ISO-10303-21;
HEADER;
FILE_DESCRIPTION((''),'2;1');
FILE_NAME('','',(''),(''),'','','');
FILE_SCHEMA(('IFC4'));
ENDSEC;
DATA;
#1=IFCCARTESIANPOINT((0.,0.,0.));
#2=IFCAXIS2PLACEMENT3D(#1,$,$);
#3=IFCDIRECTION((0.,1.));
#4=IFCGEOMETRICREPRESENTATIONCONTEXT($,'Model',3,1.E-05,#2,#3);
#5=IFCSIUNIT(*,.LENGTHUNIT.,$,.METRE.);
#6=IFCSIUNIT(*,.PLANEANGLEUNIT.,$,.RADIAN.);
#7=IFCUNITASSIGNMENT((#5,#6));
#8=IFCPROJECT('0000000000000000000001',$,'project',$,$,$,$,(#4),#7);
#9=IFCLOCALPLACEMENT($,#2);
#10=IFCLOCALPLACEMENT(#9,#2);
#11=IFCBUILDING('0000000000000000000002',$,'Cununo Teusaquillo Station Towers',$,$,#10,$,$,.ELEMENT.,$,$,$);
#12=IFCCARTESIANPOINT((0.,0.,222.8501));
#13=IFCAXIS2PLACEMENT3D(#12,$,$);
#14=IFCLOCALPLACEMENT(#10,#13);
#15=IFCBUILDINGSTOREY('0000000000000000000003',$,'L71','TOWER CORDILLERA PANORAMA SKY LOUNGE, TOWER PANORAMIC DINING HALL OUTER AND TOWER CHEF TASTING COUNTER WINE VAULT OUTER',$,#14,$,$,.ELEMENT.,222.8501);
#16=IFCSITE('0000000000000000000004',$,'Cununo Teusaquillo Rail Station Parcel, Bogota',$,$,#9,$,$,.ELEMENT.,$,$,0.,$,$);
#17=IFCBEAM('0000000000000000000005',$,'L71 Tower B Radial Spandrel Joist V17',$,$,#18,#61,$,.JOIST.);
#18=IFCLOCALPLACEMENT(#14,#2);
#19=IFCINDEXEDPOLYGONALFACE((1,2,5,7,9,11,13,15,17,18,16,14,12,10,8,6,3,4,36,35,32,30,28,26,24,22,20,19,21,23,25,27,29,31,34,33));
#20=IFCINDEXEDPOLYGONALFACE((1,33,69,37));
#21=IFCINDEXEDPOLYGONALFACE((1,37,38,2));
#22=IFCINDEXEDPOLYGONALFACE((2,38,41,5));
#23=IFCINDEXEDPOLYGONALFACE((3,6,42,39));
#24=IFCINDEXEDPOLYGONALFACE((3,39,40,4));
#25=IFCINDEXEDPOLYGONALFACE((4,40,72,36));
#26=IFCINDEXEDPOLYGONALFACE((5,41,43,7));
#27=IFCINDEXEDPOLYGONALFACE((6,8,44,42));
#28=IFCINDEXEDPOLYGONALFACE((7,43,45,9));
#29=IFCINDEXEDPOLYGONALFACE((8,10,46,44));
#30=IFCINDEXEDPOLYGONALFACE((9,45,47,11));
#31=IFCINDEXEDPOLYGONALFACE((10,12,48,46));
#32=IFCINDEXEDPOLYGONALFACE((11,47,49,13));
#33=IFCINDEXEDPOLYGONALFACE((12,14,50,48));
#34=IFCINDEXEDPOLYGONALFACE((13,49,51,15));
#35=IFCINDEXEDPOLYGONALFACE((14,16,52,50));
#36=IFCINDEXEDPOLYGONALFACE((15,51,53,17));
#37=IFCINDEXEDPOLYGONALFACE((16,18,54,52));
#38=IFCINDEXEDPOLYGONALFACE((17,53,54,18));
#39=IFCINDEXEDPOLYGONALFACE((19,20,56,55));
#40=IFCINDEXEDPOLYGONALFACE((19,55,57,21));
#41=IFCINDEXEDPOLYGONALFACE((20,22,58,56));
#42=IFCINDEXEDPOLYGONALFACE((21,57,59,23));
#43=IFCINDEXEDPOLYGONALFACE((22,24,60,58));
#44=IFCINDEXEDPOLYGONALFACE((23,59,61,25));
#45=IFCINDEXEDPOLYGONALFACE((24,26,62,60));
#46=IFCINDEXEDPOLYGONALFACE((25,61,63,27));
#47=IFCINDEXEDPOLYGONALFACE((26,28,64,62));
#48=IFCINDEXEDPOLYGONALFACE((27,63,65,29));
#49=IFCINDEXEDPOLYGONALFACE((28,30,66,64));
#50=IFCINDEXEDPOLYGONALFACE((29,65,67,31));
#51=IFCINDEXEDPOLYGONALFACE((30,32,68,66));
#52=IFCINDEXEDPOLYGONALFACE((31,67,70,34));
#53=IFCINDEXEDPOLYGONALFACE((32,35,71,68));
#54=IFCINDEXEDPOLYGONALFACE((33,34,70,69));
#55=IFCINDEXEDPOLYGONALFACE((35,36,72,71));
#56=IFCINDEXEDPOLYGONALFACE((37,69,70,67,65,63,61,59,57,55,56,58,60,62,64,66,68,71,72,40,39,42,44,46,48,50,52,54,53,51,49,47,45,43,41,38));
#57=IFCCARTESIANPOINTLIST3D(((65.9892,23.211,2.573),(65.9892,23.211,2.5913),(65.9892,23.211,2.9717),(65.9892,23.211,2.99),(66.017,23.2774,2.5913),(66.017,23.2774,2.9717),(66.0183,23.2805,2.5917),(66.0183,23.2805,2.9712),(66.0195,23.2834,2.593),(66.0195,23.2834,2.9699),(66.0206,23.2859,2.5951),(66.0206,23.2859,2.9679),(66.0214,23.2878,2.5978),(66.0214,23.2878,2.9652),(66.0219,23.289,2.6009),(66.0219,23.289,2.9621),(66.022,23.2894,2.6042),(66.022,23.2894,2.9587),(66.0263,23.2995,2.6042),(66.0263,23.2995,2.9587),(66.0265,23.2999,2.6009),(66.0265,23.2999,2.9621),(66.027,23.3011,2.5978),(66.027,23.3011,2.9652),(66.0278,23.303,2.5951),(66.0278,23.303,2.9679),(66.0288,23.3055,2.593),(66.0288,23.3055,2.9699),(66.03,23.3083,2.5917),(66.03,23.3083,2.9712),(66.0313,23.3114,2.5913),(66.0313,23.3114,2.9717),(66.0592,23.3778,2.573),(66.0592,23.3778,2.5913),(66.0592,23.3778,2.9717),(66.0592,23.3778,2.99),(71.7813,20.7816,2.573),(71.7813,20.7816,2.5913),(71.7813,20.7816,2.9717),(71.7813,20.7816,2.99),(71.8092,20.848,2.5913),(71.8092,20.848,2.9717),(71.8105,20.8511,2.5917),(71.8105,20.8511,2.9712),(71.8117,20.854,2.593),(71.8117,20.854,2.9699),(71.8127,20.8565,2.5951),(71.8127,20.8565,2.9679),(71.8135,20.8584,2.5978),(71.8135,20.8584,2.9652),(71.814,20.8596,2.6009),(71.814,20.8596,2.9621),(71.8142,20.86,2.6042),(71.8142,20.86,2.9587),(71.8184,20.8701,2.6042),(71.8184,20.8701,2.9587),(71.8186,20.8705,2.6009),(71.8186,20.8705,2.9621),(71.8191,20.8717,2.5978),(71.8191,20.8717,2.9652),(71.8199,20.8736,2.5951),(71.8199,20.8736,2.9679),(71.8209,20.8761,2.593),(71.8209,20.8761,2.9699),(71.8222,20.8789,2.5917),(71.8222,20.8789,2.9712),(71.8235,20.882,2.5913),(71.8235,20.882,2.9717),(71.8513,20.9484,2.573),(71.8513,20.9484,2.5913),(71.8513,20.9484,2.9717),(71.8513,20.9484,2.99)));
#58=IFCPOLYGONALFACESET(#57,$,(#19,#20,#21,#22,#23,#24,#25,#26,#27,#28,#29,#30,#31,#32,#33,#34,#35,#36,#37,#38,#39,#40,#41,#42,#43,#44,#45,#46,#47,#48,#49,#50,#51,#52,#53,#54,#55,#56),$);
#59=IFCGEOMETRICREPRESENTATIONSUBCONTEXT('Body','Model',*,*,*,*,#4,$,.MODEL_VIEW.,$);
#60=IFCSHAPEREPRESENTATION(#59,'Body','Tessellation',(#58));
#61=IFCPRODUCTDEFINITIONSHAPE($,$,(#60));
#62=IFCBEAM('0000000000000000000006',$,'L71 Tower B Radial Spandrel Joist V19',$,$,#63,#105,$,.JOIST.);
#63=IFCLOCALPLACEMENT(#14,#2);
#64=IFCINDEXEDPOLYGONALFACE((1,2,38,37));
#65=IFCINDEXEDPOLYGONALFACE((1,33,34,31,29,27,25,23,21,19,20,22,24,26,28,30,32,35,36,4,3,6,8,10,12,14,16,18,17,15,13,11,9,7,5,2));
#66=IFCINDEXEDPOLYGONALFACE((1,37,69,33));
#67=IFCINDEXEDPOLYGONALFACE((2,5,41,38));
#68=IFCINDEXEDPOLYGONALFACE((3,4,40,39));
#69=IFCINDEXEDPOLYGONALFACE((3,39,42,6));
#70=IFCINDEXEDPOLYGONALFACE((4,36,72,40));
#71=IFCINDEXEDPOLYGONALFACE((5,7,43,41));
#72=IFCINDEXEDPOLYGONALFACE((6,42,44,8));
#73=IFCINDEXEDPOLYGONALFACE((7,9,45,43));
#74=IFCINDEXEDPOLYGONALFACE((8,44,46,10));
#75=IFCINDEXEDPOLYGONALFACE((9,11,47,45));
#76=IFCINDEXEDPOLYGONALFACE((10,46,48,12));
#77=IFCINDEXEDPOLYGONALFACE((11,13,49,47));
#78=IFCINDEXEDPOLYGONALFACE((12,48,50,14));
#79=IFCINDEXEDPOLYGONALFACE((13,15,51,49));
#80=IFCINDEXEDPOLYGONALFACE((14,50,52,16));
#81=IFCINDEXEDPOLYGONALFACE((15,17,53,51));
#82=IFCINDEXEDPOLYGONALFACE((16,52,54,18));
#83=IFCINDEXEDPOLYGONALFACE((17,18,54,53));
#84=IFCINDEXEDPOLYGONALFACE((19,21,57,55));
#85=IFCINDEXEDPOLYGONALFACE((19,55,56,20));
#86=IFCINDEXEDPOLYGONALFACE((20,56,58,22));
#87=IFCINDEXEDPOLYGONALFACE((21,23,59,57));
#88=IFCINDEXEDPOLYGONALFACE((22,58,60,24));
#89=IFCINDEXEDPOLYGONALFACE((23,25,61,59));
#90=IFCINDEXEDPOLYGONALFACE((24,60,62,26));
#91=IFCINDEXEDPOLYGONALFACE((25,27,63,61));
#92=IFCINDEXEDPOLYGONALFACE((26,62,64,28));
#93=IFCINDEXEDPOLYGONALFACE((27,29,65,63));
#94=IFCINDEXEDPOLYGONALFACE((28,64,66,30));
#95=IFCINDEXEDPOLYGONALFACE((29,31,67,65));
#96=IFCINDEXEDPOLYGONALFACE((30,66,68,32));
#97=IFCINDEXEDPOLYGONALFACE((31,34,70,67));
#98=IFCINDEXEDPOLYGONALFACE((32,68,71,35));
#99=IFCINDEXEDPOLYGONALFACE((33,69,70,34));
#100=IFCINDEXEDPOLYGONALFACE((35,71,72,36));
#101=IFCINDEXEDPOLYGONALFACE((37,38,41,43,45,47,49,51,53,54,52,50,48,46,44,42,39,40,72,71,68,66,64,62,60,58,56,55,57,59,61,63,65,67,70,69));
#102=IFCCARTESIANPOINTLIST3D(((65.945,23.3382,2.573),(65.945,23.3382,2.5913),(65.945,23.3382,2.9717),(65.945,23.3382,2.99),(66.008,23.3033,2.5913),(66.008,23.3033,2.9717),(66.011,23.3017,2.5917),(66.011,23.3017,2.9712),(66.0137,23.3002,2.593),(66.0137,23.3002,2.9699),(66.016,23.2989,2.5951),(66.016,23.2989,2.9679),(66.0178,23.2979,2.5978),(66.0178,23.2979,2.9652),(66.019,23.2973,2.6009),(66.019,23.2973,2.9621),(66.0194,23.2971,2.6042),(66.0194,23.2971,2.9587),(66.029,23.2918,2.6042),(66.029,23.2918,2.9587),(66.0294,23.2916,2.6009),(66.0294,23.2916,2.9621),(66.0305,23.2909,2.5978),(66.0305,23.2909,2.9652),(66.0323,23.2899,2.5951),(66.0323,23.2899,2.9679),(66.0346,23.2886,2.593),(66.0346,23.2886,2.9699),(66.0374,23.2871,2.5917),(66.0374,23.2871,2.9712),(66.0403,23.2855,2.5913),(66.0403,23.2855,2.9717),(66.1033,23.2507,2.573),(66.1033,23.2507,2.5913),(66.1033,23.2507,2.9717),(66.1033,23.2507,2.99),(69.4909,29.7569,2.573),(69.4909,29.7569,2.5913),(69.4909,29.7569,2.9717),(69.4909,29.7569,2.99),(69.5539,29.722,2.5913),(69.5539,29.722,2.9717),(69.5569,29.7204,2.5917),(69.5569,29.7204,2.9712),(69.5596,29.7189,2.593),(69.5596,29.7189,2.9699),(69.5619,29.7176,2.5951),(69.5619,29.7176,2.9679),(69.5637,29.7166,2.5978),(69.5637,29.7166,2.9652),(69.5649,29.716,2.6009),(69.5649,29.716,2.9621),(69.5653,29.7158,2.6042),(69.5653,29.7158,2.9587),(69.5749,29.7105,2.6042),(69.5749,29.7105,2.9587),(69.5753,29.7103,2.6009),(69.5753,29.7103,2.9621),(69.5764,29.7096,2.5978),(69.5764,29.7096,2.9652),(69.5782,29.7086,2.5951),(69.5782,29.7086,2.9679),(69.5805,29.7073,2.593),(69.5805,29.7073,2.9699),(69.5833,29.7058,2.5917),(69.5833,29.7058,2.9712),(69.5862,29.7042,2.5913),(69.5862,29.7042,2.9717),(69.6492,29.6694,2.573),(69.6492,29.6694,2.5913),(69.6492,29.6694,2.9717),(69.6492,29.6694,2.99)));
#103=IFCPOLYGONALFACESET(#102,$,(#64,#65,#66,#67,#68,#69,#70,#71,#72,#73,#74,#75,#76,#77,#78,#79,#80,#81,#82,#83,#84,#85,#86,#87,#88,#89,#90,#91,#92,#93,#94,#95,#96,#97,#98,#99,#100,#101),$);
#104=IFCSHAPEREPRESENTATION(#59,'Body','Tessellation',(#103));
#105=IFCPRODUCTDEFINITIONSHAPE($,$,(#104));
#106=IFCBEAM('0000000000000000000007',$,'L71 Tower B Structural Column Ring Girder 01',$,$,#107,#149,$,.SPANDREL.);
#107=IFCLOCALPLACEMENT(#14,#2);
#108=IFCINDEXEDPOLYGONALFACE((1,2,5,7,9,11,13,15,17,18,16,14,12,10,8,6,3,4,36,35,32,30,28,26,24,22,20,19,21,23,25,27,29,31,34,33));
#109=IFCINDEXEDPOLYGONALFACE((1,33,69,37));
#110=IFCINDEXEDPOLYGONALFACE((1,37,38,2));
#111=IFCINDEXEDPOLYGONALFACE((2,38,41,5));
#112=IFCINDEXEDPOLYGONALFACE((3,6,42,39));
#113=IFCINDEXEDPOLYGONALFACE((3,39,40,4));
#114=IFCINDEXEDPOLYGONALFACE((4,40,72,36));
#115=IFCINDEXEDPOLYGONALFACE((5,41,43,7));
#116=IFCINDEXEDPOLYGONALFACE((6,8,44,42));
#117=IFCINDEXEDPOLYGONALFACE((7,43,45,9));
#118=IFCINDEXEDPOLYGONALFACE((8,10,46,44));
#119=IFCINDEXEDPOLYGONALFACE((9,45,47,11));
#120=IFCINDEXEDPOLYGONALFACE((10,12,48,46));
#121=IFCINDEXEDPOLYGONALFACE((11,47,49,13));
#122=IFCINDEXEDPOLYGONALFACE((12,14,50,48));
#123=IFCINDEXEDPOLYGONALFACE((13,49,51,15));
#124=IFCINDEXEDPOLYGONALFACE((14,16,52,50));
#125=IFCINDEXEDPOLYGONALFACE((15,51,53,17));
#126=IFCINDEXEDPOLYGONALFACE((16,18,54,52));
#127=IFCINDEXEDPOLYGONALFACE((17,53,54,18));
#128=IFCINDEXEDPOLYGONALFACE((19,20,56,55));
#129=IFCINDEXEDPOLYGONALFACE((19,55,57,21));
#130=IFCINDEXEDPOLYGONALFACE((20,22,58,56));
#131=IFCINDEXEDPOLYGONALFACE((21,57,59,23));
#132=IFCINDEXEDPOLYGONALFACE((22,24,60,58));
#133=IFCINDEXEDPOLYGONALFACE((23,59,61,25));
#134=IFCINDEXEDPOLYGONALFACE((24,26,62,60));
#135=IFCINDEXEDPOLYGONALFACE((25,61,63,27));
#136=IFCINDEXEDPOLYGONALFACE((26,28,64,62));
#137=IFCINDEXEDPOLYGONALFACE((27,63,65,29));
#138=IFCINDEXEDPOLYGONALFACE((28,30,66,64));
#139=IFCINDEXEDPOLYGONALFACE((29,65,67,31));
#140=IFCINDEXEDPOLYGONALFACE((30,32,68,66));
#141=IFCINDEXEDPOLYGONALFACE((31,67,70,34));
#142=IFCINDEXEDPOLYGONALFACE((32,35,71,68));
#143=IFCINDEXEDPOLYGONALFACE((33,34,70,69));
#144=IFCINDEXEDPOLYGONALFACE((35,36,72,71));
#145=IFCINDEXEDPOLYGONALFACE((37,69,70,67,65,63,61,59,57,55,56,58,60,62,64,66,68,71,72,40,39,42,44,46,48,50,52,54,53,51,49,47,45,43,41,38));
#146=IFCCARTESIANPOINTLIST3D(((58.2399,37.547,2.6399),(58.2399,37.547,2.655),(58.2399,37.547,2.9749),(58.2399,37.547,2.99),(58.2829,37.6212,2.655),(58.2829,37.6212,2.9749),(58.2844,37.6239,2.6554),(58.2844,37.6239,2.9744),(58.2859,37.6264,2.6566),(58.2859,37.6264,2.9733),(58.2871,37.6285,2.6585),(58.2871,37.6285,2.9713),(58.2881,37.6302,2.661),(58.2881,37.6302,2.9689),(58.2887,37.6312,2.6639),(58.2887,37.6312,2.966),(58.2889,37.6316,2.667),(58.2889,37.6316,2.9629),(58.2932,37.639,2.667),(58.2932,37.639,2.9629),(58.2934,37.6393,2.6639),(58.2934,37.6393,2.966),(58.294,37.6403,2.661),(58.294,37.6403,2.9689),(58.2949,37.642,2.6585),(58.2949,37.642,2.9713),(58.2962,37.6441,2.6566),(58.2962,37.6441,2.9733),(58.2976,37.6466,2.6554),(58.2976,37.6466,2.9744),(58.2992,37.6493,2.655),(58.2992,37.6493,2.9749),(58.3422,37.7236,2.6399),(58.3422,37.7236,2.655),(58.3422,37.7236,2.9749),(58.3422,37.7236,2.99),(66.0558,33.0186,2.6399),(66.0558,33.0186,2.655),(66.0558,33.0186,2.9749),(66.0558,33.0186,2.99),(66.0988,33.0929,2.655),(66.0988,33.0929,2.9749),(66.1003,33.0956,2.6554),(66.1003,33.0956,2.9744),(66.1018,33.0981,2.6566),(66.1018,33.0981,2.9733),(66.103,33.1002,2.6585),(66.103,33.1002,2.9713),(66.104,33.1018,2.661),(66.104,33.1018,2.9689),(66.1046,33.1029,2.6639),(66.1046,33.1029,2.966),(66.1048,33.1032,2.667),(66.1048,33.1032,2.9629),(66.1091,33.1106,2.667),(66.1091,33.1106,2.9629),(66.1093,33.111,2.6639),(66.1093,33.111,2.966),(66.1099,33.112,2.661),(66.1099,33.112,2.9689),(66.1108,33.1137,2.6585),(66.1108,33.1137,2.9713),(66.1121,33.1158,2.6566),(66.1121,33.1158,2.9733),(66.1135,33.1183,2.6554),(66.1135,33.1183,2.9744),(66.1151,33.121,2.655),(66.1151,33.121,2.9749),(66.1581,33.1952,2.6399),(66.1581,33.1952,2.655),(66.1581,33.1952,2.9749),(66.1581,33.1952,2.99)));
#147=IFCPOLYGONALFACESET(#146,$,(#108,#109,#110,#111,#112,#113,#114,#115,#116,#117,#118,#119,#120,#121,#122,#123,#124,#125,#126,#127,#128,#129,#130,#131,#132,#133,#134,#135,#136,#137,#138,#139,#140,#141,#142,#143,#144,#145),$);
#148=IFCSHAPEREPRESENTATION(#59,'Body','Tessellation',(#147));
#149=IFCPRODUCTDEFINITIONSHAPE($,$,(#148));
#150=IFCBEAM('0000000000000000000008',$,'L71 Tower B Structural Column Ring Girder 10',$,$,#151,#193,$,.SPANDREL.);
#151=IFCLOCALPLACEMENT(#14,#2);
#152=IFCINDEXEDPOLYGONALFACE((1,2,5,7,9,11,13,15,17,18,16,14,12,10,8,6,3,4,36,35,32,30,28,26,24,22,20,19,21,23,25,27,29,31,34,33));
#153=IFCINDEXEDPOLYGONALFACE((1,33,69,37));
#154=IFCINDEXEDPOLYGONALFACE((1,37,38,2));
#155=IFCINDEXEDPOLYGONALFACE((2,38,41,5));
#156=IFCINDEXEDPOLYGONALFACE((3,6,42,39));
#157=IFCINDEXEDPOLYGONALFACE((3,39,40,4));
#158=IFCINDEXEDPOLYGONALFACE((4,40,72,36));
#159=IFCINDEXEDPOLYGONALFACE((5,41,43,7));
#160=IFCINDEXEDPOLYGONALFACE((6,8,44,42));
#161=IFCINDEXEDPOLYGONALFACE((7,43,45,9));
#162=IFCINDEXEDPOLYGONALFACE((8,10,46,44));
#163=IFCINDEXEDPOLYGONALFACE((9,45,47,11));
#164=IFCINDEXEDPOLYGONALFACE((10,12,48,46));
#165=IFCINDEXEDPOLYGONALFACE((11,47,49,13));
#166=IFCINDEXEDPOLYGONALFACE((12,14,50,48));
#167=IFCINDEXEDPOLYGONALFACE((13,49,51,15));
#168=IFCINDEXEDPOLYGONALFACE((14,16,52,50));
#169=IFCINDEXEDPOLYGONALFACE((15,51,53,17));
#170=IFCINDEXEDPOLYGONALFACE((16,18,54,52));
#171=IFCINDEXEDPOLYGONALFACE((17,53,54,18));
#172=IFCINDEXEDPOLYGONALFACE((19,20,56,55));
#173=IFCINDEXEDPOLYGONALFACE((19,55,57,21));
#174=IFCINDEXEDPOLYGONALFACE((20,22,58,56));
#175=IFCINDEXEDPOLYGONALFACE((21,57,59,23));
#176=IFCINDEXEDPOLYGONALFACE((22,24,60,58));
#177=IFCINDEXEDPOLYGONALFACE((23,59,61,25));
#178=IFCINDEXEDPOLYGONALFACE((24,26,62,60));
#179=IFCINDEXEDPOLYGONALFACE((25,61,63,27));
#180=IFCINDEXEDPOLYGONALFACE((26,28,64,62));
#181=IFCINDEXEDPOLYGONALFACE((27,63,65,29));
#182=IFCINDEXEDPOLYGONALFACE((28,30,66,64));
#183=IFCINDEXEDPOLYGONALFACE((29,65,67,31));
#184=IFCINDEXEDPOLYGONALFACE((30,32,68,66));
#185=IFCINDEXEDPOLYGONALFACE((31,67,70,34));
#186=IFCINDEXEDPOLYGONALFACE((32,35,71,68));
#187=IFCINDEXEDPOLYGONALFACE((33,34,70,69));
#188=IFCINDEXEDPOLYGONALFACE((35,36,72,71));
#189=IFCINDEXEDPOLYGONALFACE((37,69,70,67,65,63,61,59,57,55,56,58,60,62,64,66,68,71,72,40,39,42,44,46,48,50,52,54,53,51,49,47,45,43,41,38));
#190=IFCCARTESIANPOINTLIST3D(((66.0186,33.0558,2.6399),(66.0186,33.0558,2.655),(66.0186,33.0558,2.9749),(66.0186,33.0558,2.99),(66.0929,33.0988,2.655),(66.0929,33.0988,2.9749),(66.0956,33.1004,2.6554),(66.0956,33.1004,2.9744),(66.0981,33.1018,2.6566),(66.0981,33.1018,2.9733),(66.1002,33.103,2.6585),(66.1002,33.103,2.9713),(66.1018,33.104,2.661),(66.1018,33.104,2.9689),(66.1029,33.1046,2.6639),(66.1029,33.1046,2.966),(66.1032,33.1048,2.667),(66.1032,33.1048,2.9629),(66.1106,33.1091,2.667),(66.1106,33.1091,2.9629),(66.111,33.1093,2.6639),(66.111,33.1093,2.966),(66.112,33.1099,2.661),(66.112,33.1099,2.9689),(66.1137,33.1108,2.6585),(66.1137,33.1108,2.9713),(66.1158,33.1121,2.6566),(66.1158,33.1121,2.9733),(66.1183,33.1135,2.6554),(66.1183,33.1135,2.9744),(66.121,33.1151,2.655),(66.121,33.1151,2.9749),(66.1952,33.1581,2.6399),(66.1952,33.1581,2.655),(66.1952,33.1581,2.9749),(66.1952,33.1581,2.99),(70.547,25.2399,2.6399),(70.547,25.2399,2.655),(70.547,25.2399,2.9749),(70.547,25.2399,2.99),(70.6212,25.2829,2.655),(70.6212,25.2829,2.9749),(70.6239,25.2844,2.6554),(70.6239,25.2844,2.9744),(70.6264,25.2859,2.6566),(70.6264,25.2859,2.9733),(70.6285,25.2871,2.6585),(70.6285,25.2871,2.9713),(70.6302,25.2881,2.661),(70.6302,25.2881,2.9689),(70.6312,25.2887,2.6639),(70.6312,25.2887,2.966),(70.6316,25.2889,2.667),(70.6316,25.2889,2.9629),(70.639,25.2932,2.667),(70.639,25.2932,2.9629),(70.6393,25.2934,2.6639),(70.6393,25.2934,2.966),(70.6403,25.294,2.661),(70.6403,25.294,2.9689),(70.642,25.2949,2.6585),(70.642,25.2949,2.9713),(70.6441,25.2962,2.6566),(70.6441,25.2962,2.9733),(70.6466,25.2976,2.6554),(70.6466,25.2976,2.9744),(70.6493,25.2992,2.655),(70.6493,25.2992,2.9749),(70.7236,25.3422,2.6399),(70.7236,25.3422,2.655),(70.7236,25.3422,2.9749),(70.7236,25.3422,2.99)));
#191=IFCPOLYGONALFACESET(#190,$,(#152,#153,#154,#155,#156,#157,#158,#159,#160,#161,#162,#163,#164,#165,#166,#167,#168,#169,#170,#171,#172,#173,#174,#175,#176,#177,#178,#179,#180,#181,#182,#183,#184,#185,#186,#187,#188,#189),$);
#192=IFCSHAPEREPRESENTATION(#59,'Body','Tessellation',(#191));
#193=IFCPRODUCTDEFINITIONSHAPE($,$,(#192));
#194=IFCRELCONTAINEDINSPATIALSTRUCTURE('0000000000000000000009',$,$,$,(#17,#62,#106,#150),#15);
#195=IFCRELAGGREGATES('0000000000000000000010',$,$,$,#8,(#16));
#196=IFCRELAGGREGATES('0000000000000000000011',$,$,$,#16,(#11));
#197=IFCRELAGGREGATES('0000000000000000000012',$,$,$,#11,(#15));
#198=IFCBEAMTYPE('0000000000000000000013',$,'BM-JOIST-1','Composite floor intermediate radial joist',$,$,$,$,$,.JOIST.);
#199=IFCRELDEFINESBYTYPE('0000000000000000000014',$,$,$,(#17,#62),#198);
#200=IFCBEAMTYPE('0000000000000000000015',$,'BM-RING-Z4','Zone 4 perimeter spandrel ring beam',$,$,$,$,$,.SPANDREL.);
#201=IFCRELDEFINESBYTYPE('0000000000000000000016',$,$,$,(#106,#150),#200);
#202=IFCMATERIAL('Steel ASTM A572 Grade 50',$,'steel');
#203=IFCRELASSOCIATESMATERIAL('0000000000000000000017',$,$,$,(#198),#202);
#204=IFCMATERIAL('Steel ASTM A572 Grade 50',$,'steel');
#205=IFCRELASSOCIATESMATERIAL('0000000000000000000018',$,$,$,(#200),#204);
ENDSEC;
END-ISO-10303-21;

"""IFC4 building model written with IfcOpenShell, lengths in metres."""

from ifc_helpers import new_model, si_unit, direction, frame, origin, origin_2d, place, context, subcontext, project, spatial, i_section, extrude, material, material_profile, profile_set, type_object, element, save


model = new_model("IFC4")

# Units and contexts
model_context = context("Model", 3, precision=1e-05, world=origin(), true_north=direction((0.0, 1.0)))
body_context = subcontext(model_context, "Body", "Model", "MODEL_VIEW")
ifc_project = project(units=[si_unit("LENGTHUNIT", "METRE"), si_unit("PLANEANGLEUNIT", "RADIAN")], contexts=[model_context])

# Site, building, storey
site_placement = place(None, origin())
site = spatial("IfcSite", under=ifc_project, at=site_placement, Name="Cununo Teusaquillo Rail Station Parcel, Bogota", CompositionType="ELEMENT", RefElevation=0.0)
building_placement = place(site_placement, origin())
building = spatial("IfcBuilding", under=site, at=building_placement, Name="Cununo Teusaquillo Station Towers", CompositionType="ELEMENT")
storey_placement = place(building_placement, frame((0.0, 0.0, 222.8501)))
storey = spatial("IfcBuildingStorey", under=building, at=storey_placement, Name="L71", Description="TOWER CORDILLERA PANORAMA SKY LOUNGE, TOWER PANORAMIC DINING HALL OUTER AND TOWER CHEF TASTING COUNTER WINE VAULT OUTER", CompositionType="ELEMENT", Elevation=222.8501)

# Beams
ifc_material_1 = material(Name="Steel ASTM A572 Grade 50", Category="steel")
ifc_material_profile_1 = material_profile(ifc_material_1, i_section(OverallWidth=0.1809, OverallDepth=0.417, WebThickness=0.011, FlangeThickness=0.0183, FilletRadius=0.0129, at=origin_2d()), Name="W16X57")
ifc_profile_set_1 = profile_set([ifc_material_profile_1], Name="Steel ASTM A572 Grade 50")
beam_type_1 = type_object("IfcBeamType", Name="BM-JOIST-1", Description="Composite floor intermediate radial joist", PredefinedType="JOIST", material=ifc_profile_set_1)
beam_1_placement = place(storey_placement, frame((66.0242, 23.2944, 2.7815), z_axis=(0.922169, -0.386786, 0.0), x_axis=(0.386786, 0.922169, 0.0)))
element("IfcBeam", 1, at=beam_1_placement, inside=storey, type_object=beam_type_1, Name="L71 Tower B Radial Spandrel Joist V17", PredefinedType="JOIST", context=body_context, shape_type="SweptSolid", body=[
    extrude(i_section(OverallWidth=0.1809, OverallDepth=0.417, WebThickness=0.011, FlangeThickness=0.0183, FilletRadius=0.0129, at=origin_2d()), origin(), (0.0, 0.0, 1.0), 6.281),
])
beam_2_placement = place(storey_placement, frame((66.0242, 23.2944, 2.7815), z_axis=(0.483553, 0.875315, 0.0), x_axis=(-0.875315, 0.483553, 0.0)))
element("IfcBeam", 2, at=beam_2_placement, inside=storey, type_object=beam_type_1, Name="L71 Tower B Radial Spandrel Joist V19", PredefinedType="JOIST", context=body_context, shape_type="SweptSolid", body=[
    extrude(i_section(OverallWidth=0.1809, OverallDepth=0.417, WebThickness=0.011, FlangeThickness=0.0183, FilletRadius=0.0129, at=origin_2d()), origin(), (0.0, 0.0, 1.0), 7.333),
])
ifc_material_2 = material(Name="Steel ASTM A572 Grade 50", Category="steel")
ifc_material_profile_2 = material_profile(ifc_material_2, i_section(OverallWidth=0.2041, OverallDepth=0.3501, WebThickness=0.0085, FlangeThickness=0.0151, FilletRadius=0.012, at=origin_2d()), Name="W14X48")
ifc_profile_set_2 = profile_set([ifc_material_profile_2], Name="Steel ASTM A572 Grade 50")
beam_type_2 = type_object("IfcBeamType", Name="BM-RING-Z4", Description="Zone 4 perimeter spandrel ring beam", PredefinedType="SPANDREL", material=ifc_profile_set_2)
for number, where, z_axis, x_axis, name in (
    (3, (66.1069, 33.1069, 2.8149), (-0.865267, 0.501311, 0.0), (-0.501311, -0.865267, 0.0), "L71 Tower B Structural Column Ring Girder 01"),
    (4, (70.6353, 25.291, 2.8149), (-0.501311, 0.865267, 0.0), (-0.865267, -0.501311, 0.0), "L71 Tower B Structural Column Ring Girder 10"),
):
    element("IfcBeam", number, at=place(storey_placement, frame(where, z_axis=z_axis, x_axis=x_axis)), inside=storey, type_object=beam_type_2, Name=name, PredefinedType="SPANDREL", context=body_context, shape_type="SweptSolid", body=[
        extrude(i_section(OverallWidth=0.2041, OverallDepth=0.3501, WebThickness=0.0085, FlangeThickness=0.0151, FilletRadius=0.012, at=origin_2d()), origin(), (0.0, 0.0, 1.0), 9.033),
    ])

save(model, "model.ifc")
